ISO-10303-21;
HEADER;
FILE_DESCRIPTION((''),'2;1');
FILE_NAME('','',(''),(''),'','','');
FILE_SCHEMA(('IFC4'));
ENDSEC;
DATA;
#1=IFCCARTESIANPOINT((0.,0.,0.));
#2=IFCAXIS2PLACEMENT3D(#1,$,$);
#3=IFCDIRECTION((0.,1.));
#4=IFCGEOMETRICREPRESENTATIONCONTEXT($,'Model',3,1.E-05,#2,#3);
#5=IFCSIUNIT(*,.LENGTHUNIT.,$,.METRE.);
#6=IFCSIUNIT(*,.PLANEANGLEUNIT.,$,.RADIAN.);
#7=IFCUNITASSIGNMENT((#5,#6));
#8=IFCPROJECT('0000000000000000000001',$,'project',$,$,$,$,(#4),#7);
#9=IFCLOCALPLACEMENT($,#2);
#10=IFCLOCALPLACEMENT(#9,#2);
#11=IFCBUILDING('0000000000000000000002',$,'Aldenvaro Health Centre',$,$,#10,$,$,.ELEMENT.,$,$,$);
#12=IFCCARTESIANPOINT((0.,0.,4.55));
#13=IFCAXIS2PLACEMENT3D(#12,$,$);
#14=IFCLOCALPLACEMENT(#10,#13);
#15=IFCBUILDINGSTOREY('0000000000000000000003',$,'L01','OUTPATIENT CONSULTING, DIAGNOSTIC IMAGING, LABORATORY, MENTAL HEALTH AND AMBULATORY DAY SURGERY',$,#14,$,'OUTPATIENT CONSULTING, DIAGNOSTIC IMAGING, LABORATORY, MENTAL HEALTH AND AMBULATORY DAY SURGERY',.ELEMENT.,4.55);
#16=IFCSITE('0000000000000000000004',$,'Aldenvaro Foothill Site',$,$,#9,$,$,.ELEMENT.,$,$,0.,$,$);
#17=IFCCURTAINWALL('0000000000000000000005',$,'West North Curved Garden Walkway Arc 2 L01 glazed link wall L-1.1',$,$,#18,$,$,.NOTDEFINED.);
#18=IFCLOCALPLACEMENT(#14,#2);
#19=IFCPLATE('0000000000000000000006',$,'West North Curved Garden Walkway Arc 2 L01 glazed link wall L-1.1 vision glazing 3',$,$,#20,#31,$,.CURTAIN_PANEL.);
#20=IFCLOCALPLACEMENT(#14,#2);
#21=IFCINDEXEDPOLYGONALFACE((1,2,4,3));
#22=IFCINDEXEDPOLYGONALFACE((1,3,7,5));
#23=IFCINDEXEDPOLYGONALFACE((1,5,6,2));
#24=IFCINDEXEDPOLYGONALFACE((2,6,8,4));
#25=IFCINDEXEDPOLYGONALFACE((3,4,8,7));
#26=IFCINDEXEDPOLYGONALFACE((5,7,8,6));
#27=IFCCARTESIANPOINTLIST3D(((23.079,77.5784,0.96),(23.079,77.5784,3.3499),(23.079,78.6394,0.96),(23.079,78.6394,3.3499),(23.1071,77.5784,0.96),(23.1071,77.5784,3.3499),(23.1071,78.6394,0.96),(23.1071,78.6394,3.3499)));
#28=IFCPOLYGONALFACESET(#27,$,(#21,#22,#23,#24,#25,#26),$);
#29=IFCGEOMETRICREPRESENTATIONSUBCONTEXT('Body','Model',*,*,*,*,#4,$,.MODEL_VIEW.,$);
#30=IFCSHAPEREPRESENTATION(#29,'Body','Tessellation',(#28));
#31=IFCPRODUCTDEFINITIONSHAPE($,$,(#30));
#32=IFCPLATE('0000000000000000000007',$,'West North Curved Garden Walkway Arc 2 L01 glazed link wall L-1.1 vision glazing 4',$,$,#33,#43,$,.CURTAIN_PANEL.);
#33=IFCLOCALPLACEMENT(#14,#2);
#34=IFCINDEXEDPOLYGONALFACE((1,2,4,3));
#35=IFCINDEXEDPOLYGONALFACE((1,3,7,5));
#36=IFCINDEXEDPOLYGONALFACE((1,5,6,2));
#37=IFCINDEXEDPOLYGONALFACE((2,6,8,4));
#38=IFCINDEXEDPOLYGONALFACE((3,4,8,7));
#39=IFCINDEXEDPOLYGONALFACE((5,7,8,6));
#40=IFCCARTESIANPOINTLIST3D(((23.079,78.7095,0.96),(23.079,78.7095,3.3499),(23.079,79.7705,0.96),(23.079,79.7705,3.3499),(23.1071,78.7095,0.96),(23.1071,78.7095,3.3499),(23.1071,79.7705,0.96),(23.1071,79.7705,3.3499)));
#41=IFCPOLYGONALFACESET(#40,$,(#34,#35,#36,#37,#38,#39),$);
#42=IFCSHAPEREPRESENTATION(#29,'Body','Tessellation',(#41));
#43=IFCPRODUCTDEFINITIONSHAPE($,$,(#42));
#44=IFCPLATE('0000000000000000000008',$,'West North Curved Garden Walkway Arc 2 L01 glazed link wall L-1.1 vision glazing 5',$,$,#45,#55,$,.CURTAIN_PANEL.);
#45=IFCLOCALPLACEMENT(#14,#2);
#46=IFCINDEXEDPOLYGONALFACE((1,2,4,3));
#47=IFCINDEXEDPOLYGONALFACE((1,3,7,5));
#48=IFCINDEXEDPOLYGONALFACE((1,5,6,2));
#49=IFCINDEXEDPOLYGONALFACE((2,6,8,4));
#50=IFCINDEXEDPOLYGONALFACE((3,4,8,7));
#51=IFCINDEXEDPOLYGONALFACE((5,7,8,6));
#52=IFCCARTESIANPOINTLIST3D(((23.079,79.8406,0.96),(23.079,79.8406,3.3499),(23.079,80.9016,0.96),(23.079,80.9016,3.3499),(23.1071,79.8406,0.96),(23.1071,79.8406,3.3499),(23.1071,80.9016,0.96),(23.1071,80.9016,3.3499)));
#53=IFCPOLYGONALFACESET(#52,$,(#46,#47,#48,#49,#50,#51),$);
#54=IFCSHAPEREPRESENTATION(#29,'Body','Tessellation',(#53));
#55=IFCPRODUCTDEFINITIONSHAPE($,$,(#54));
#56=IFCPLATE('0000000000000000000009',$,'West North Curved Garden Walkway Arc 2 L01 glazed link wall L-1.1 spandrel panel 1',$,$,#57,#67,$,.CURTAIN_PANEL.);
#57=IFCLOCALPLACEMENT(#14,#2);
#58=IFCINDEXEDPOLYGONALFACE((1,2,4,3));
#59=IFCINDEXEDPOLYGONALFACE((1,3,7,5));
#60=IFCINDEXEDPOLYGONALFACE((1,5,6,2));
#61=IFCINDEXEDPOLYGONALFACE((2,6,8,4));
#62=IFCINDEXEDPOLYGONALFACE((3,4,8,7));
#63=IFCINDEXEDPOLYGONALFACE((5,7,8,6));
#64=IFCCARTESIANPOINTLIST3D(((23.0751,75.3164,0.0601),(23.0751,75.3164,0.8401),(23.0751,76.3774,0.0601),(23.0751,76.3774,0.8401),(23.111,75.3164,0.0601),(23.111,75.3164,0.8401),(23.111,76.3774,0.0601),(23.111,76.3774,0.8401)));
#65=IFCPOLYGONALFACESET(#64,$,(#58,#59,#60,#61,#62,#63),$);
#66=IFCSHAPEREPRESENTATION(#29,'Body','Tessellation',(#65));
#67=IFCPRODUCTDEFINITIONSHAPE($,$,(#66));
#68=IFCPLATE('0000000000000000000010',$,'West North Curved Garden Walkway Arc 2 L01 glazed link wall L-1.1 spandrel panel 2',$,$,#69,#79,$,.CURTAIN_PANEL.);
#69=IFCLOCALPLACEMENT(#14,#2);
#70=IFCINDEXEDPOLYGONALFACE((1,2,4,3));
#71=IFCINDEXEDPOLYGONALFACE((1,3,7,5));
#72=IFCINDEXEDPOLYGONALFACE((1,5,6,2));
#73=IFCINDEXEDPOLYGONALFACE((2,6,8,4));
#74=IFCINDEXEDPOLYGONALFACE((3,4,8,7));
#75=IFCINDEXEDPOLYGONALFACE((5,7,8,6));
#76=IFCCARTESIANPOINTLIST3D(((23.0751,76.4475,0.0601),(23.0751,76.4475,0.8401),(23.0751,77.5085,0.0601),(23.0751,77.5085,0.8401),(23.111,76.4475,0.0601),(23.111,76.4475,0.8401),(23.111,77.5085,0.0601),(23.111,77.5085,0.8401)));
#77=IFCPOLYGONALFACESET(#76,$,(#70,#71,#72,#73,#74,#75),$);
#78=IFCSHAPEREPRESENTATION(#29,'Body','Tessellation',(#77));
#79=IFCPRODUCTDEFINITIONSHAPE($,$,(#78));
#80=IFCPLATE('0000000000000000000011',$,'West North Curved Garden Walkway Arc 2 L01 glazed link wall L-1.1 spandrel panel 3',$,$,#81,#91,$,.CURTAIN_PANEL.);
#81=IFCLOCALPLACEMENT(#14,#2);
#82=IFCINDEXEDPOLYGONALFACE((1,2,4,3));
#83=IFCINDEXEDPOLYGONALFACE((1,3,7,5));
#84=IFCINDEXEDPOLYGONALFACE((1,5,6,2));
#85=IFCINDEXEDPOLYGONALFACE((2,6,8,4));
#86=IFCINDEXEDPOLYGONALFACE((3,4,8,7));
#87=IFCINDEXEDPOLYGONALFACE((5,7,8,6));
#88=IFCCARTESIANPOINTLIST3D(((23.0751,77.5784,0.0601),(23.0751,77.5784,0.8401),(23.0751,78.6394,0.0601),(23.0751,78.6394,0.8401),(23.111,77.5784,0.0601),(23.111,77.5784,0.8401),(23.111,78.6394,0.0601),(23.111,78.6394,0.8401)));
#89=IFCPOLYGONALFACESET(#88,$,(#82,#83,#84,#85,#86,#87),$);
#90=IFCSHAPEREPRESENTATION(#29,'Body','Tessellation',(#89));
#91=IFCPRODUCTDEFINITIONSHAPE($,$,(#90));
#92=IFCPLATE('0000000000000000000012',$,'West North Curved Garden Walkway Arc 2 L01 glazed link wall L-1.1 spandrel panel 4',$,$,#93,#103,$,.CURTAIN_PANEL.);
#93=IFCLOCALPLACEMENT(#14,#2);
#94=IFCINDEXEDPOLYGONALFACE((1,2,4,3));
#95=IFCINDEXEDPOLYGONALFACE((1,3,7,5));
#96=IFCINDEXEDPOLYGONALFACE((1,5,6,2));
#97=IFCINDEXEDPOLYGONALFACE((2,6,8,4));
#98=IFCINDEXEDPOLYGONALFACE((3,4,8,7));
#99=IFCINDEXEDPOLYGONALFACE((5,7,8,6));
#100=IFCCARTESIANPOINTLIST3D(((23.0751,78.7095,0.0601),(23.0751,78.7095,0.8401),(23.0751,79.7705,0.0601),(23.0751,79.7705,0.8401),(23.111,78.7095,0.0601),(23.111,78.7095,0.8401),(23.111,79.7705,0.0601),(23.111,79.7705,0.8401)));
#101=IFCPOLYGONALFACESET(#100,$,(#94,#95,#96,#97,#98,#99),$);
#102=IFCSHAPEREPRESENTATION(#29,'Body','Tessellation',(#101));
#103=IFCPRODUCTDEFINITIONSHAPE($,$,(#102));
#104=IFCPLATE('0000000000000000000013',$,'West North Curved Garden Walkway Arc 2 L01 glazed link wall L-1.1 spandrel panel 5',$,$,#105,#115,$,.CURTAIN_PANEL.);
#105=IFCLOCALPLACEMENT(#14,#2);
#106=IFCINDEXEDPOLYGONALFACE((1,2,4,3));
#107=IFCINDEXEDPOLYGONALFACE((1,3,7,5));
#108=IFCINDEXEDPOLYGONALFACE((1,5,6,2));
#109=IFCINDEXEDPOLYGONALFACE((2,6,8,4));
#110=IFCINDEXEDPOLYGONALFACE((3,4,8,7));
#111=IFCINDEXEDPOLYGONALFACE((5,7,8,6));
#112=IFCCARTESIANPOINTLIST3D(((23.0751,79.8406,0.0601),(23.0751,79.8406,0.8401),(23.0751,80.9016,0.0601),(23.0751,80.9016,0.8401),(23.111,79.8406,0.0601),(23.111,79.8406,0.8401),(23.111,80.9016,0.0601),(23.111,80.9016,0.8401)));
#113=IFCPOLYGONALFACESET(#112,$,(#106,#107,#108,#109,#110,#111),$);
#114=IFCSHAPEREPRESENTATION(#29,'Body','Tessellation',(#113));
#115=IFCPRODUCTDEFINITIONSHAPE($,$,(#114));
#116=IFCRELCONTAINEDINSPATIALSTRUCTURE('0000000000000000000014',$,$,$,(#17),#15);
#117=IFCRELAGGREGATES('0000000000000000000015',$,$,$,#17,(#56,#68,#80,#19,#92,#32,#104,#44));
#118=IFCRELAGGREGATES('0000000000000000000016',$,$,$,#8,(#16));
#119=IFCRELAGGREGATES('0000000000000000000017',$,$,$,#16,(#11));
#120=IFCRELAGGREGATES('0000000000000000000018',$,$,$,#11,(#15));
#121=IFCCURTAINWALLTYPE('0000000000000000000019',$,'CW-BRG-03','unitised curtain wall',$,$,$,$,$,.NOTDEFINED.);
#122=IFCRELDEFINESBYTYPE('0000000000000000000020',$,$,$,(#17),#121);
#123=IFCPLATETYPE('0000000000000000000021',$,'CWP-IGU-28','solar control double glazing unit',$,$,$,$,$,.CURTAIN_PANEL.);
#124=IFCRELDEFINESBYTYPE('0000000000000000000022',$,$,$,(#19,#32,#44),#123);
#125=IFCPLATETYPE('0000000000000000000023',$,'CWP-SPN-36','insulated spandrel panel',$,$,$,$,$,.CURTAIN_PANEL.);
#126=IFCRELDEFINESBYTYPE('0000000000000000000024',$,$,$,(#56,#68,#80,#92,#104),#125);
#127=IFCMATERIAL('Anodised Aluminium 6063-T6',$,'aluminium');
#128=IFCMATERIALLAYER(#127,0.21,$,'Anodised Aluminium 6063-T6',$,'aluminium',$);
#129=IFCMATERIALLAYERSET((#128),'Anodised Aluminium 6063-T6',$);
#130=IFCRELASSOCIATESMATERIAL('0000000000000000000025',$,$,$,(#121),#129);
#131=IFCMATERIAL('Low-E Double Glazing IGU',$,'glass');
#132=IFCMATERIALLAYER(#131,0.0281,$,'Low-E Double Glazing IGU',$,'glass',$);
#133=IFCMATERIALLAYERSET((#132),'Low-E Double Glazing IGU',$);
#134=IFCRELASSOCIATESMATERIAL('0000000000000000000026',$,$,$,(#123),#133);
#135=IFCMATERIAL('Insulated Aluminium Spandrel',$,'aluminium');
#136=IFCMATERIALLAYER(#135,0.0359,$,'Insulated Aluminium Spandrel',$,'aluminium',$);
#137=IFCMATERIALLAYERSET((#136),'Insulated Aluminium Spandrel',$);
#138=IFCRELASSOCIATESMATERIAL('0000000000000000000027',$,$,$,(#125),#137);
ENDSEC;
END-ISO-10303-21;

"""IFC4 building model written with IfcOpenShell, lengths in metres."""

from ifc_helpers import new_model, si_unit, direction, frame, origin, origin_2d, place, context, subcontext, project, spatial, rectangle, extrude, material, layer, layer_set, type_object, element, aggregate, save


model = new_model("IFC4")

# Units and contexts
model_context = context("Model", 3, precision=1e-05, world=origin(), true_north=direction((0.0, 1.0)))
body_context = subcontext(model_context, "Body", "Model", "MODEL_VIEW")
ifc_project = project(units=[si_unit("LENGTHUNIT", "METRE"), si_unit("PLANEANGLEUNIT", "RADIAN")], contexts=[model_context])

# Site, building, storey
site_placement = place(None, origin())
site = spatial("IfcSite", under=ifc_project, at=site_placement, Name="Aldenvaro Foothill Site", CompositionType="ELEMENT", RefElevation=0.0)
building_placement = place(site_placement, origin())
building = spatial("IfcBuilding", under=site, at=building_placement, Name="Aldenvaro Health Centre", CompositionType="ELEMENT")
storey_placement = place(building_placement, frame((0.0, 0.0, 4.55)))
storey = spatial("IfcBuildingStorey", under=building, at=storey_placement, Name="L01", Description="OUTPATIENT CONSULTING, DIAGNOSTIC IMAGING, LABORATORY, MENTAL HEALTH AND AMBULATORY DAY SURGERY", LongName="OUTPATIENT CONSULTING, DIAGNOSTIC IMAGING, LABORATORY, MENTAL HEALTH AND AMBULATORY DAY SURGERY", CompositionType="ELEMENT", Elevation=4.55)

# Curtain wall, plates
ifc_material_1 = material(Name="Anodised Aluminium 6063-T6", Category="aluminium")
ifc_layer_1 = layer(ifc_material_1, 0.21, Name="Anodised Aluminium 6063-T6", Category="aluminium")
ifc_layer_set_1 = layer_set([ifc_layer_1], Name="Anodised Aluminium 6063-T6")
curtain_wall_type = type_object("IfcCurtainWallType", Name="CW-BRG-03", Description="unitised curtain wall", PredefinedType="NOTDEFINED", material=ifc_layer_set_1)
curtain_wall_placement = place(storey_placement, origin())
curtain_wall = element("IfcCurtainWall", 1, at=curtain_wall_placement, inside=storey, type_object=curtain_wall_type, Name="West North Curved Garden Walkway Arc 2 L01 glazed link wall L-1.1", PredefinedType="NOTDEFINED")
ifc_material_2 = material(Name="Low-E Double Glazing IGU", Category="glass")
ifc_layer_2 = layer(ifc_material_2, 0.0281, Name="Low-E Double Glazing IGU", Category="glass")
ifc_layer_set_2 = layer_set([ifc_layer_2], Name="Low-E Double Glazing IGU")
plate_type_1 = type_object("IfcPlateType", Name="CWP-IGU-28", Description="solar control double glazing unit", PredefinedType="CURTAIN_PANEL", material=ifc_layer_set_2)
plate_1_placement = place(storey_placement, frame((23.093, 78.1089, 0.96), z_axis=(0.0, 0.0, 1.0), x_axis=(0.0, 1.0, 0.0)))
plate_1 = element("IfcPlate", 2, at=plate_1_placement, type_object=plate_type_1, Name="West North Curved Garden Walkway Arc 2 L01 glazed link wall L-1.1 vision glazing 3", PredefinedType="CURTAIN_PANEL", context=body_context, shape_type="SweptSolid", body=[
    extrude(rectangle(XDim=1.061, YDim=0.0281, at=origin_2d()), origin(), (0.0, 0.0, 1.0), 2.3899),
])
plate_2_placement = place(storey_placement, frame((23.093, 79.24, 0.96), z_axis=(0.0, 0.0, 1.0), x_axis=(0.0, 1.0, 0.0)))
plate_2 = element("IfcPlate", 3, at=plate_2_placement, type_object=plate_type_1, Name="West North Curved Garden Walkway Arc 2 L01 glazed link wall L-1.1 vision glazing 4", PredefinedType="CURTAIN_PANEL", context=body_context, shape_type="SweptSolid", body=[
    extrude(rectangle(XDim=1.061, YDim=0.0281, at=origin_2d()), origin(), (0.0, 0.0, 1.0), 2.3899),
])
plate_3_placement = place(storey_placement, frame((23.093, 80.3711, 0.96), z_axis=(0.0, 0.0, 1.0), x_axis=(0.0, 1.0, 0.0)))
plate_3 = element("IfcPlate", 4, at=plate_3_placement, type_object=plate_type_1, Name="West North Curved Garden Walkway Arc 2 L01 glazed link wall L-1.1 vision glazing 5", PredefinedType="CURTAIN_PANEL", context=body_context, shape_type="SweptSolid", body=[
    extrude(rectangle(XDim=1.061, YDim=0.0281, at=origin_2d()), origin(), (0.0, 0.0, 1.0), 2.3899),
])
ifc_material_3 = material(Name="Insulated Aluminium Spandrel", Category="aluminium")
ifc_layer_3 = layer(ifc_material_3, 0.0359, Name="Insulated Aluminium Spandrel", Category="aluminium")
ifc_layer_set_3 = layer_set([ifc_layer_3], Name="Insulated Aluminium Spandrel")
plate_type_2 = type_object("IfcPlateType", Name="CWP-SPN-36", Description="insulated spandrel panel", PredefinedType="CURTAIN_PANEL", material=ifc_layer_set_3)
plate_4_placement = place(storey_placement, frame((23.093, 75.8469, 0.0601), z_axis=(0.0, 0.0, 1.0), x_axis=(0.0, 1.0, 0.0)))
plate_4 = element("IfcPlate", 5, at=plate_4_placement, type_object=plate_type_2, Name="West North Curved Garden Walkway Arc 2 L01 glazed link wall L-1.1 spandrel panel 1", PredefinedType="CURTAIN_PANEL", context=body_context, shape_type="SweptSolid", body=[
    extrude(rectangle(XDim=1.061, YDim=0.0359, at=origin_2d()), origin(), (0.0, 0.0, 1.0), 0.78),
])
plate_5_placement = place(storey_placement, frame((23.093, 76.978, 0.0601), z_axis=(0.0, 0.0, 1.0), x_axis=(0.0, 1.0, 0.0)))
plate_5 = element("IfcPlate", 6, at=plate_5_placement, type_object=plate_type_2, Name="West North Curved Garden Walkway Arc 2 L01 glazed link wall L-1.1 spandrel panel 2", PredefinedType="CURTAIN_PANEL", context=body_context, shape_type="SweptSolid", body=[
    extrude(rectangle(XDim=1.061, YDim=0.0359, at=origin_2d()), origin(), (0.0, 0.0, 1.0), 0.78),
])
plate_6_placement = place(storey_placement, frame((23.093, 78.1089, 0.0601), z_axis=(0.0, 0.0, 1.0), x_axis=(0.0, 1.0, 0.0)))
plate_6 = element("IfcPlate", 7, at=plate_6_placement, type_object=plate_type_2, Name="West North Curved Garden Walkway Arc 2 L01 glazed link wall L-1.1 spandrel panel 3", PredefinedType="CURTAIN_PANEL", context=body_context, shape_type="SweptSolid", body=[
    extrude(rectangle(XDim=1.061, YDim=0.0359, at=origin_2d()), origin(), (0.0, 0.0, 1.0), 0.78),
])
plate_7_placement = place(storey_placement, frame((23.093, 79.24, 0.0601), z_axis=(0.0, 0.0, 1.0), x_axis=(0.0, 1.0, 0.0)))
plate_7 = element("IfcPlate", 8, at=plate_7_placement, type_object=plate_type_2, Name="West North Curved Garden Walkway Arc 2 L01 glazed link wall L-1.1 spandrel panel 4", PredefinedType="CURTAIN_PANEL", context=body_context, shape_type="SweptSolid", body=[
    extrude(rectangle(XDim=1.061, YDim=0.0359, at=origin_2d()), origin(), (0.0, 0.0, 1.0), 0.78),
])
plate_8_placement = place(storey_placement, frame((23.093, 80.3711, 0.0601), z_axis=(0.0, 0.0, 1.0), x_axis=(0.0, 1.0, 0.0)))
plate_8 = element("IfcPlate", 9, at=plate_8_placement, type_object=plate_type_2, Name="West North Curved Garden Walkway Arc 2 L01 glazed link wall L-1.1 spandrel panel 5", PredefinedType="CURTAIN_PANEL", context=body_context, shape_type="SweptSolid", body=[
    extrude(rectangle(XDim=1.061, YDim=0.0359, at=origin_2d()), origin(), (0.0, 0.0, 1.0), 0.78),
])
aggregate(curtain_wall, [plate_4, plate_5, plate_6, plate_1, plate_7, plate_2, plate_8, plate_3])

save(model, "model.ifc")
